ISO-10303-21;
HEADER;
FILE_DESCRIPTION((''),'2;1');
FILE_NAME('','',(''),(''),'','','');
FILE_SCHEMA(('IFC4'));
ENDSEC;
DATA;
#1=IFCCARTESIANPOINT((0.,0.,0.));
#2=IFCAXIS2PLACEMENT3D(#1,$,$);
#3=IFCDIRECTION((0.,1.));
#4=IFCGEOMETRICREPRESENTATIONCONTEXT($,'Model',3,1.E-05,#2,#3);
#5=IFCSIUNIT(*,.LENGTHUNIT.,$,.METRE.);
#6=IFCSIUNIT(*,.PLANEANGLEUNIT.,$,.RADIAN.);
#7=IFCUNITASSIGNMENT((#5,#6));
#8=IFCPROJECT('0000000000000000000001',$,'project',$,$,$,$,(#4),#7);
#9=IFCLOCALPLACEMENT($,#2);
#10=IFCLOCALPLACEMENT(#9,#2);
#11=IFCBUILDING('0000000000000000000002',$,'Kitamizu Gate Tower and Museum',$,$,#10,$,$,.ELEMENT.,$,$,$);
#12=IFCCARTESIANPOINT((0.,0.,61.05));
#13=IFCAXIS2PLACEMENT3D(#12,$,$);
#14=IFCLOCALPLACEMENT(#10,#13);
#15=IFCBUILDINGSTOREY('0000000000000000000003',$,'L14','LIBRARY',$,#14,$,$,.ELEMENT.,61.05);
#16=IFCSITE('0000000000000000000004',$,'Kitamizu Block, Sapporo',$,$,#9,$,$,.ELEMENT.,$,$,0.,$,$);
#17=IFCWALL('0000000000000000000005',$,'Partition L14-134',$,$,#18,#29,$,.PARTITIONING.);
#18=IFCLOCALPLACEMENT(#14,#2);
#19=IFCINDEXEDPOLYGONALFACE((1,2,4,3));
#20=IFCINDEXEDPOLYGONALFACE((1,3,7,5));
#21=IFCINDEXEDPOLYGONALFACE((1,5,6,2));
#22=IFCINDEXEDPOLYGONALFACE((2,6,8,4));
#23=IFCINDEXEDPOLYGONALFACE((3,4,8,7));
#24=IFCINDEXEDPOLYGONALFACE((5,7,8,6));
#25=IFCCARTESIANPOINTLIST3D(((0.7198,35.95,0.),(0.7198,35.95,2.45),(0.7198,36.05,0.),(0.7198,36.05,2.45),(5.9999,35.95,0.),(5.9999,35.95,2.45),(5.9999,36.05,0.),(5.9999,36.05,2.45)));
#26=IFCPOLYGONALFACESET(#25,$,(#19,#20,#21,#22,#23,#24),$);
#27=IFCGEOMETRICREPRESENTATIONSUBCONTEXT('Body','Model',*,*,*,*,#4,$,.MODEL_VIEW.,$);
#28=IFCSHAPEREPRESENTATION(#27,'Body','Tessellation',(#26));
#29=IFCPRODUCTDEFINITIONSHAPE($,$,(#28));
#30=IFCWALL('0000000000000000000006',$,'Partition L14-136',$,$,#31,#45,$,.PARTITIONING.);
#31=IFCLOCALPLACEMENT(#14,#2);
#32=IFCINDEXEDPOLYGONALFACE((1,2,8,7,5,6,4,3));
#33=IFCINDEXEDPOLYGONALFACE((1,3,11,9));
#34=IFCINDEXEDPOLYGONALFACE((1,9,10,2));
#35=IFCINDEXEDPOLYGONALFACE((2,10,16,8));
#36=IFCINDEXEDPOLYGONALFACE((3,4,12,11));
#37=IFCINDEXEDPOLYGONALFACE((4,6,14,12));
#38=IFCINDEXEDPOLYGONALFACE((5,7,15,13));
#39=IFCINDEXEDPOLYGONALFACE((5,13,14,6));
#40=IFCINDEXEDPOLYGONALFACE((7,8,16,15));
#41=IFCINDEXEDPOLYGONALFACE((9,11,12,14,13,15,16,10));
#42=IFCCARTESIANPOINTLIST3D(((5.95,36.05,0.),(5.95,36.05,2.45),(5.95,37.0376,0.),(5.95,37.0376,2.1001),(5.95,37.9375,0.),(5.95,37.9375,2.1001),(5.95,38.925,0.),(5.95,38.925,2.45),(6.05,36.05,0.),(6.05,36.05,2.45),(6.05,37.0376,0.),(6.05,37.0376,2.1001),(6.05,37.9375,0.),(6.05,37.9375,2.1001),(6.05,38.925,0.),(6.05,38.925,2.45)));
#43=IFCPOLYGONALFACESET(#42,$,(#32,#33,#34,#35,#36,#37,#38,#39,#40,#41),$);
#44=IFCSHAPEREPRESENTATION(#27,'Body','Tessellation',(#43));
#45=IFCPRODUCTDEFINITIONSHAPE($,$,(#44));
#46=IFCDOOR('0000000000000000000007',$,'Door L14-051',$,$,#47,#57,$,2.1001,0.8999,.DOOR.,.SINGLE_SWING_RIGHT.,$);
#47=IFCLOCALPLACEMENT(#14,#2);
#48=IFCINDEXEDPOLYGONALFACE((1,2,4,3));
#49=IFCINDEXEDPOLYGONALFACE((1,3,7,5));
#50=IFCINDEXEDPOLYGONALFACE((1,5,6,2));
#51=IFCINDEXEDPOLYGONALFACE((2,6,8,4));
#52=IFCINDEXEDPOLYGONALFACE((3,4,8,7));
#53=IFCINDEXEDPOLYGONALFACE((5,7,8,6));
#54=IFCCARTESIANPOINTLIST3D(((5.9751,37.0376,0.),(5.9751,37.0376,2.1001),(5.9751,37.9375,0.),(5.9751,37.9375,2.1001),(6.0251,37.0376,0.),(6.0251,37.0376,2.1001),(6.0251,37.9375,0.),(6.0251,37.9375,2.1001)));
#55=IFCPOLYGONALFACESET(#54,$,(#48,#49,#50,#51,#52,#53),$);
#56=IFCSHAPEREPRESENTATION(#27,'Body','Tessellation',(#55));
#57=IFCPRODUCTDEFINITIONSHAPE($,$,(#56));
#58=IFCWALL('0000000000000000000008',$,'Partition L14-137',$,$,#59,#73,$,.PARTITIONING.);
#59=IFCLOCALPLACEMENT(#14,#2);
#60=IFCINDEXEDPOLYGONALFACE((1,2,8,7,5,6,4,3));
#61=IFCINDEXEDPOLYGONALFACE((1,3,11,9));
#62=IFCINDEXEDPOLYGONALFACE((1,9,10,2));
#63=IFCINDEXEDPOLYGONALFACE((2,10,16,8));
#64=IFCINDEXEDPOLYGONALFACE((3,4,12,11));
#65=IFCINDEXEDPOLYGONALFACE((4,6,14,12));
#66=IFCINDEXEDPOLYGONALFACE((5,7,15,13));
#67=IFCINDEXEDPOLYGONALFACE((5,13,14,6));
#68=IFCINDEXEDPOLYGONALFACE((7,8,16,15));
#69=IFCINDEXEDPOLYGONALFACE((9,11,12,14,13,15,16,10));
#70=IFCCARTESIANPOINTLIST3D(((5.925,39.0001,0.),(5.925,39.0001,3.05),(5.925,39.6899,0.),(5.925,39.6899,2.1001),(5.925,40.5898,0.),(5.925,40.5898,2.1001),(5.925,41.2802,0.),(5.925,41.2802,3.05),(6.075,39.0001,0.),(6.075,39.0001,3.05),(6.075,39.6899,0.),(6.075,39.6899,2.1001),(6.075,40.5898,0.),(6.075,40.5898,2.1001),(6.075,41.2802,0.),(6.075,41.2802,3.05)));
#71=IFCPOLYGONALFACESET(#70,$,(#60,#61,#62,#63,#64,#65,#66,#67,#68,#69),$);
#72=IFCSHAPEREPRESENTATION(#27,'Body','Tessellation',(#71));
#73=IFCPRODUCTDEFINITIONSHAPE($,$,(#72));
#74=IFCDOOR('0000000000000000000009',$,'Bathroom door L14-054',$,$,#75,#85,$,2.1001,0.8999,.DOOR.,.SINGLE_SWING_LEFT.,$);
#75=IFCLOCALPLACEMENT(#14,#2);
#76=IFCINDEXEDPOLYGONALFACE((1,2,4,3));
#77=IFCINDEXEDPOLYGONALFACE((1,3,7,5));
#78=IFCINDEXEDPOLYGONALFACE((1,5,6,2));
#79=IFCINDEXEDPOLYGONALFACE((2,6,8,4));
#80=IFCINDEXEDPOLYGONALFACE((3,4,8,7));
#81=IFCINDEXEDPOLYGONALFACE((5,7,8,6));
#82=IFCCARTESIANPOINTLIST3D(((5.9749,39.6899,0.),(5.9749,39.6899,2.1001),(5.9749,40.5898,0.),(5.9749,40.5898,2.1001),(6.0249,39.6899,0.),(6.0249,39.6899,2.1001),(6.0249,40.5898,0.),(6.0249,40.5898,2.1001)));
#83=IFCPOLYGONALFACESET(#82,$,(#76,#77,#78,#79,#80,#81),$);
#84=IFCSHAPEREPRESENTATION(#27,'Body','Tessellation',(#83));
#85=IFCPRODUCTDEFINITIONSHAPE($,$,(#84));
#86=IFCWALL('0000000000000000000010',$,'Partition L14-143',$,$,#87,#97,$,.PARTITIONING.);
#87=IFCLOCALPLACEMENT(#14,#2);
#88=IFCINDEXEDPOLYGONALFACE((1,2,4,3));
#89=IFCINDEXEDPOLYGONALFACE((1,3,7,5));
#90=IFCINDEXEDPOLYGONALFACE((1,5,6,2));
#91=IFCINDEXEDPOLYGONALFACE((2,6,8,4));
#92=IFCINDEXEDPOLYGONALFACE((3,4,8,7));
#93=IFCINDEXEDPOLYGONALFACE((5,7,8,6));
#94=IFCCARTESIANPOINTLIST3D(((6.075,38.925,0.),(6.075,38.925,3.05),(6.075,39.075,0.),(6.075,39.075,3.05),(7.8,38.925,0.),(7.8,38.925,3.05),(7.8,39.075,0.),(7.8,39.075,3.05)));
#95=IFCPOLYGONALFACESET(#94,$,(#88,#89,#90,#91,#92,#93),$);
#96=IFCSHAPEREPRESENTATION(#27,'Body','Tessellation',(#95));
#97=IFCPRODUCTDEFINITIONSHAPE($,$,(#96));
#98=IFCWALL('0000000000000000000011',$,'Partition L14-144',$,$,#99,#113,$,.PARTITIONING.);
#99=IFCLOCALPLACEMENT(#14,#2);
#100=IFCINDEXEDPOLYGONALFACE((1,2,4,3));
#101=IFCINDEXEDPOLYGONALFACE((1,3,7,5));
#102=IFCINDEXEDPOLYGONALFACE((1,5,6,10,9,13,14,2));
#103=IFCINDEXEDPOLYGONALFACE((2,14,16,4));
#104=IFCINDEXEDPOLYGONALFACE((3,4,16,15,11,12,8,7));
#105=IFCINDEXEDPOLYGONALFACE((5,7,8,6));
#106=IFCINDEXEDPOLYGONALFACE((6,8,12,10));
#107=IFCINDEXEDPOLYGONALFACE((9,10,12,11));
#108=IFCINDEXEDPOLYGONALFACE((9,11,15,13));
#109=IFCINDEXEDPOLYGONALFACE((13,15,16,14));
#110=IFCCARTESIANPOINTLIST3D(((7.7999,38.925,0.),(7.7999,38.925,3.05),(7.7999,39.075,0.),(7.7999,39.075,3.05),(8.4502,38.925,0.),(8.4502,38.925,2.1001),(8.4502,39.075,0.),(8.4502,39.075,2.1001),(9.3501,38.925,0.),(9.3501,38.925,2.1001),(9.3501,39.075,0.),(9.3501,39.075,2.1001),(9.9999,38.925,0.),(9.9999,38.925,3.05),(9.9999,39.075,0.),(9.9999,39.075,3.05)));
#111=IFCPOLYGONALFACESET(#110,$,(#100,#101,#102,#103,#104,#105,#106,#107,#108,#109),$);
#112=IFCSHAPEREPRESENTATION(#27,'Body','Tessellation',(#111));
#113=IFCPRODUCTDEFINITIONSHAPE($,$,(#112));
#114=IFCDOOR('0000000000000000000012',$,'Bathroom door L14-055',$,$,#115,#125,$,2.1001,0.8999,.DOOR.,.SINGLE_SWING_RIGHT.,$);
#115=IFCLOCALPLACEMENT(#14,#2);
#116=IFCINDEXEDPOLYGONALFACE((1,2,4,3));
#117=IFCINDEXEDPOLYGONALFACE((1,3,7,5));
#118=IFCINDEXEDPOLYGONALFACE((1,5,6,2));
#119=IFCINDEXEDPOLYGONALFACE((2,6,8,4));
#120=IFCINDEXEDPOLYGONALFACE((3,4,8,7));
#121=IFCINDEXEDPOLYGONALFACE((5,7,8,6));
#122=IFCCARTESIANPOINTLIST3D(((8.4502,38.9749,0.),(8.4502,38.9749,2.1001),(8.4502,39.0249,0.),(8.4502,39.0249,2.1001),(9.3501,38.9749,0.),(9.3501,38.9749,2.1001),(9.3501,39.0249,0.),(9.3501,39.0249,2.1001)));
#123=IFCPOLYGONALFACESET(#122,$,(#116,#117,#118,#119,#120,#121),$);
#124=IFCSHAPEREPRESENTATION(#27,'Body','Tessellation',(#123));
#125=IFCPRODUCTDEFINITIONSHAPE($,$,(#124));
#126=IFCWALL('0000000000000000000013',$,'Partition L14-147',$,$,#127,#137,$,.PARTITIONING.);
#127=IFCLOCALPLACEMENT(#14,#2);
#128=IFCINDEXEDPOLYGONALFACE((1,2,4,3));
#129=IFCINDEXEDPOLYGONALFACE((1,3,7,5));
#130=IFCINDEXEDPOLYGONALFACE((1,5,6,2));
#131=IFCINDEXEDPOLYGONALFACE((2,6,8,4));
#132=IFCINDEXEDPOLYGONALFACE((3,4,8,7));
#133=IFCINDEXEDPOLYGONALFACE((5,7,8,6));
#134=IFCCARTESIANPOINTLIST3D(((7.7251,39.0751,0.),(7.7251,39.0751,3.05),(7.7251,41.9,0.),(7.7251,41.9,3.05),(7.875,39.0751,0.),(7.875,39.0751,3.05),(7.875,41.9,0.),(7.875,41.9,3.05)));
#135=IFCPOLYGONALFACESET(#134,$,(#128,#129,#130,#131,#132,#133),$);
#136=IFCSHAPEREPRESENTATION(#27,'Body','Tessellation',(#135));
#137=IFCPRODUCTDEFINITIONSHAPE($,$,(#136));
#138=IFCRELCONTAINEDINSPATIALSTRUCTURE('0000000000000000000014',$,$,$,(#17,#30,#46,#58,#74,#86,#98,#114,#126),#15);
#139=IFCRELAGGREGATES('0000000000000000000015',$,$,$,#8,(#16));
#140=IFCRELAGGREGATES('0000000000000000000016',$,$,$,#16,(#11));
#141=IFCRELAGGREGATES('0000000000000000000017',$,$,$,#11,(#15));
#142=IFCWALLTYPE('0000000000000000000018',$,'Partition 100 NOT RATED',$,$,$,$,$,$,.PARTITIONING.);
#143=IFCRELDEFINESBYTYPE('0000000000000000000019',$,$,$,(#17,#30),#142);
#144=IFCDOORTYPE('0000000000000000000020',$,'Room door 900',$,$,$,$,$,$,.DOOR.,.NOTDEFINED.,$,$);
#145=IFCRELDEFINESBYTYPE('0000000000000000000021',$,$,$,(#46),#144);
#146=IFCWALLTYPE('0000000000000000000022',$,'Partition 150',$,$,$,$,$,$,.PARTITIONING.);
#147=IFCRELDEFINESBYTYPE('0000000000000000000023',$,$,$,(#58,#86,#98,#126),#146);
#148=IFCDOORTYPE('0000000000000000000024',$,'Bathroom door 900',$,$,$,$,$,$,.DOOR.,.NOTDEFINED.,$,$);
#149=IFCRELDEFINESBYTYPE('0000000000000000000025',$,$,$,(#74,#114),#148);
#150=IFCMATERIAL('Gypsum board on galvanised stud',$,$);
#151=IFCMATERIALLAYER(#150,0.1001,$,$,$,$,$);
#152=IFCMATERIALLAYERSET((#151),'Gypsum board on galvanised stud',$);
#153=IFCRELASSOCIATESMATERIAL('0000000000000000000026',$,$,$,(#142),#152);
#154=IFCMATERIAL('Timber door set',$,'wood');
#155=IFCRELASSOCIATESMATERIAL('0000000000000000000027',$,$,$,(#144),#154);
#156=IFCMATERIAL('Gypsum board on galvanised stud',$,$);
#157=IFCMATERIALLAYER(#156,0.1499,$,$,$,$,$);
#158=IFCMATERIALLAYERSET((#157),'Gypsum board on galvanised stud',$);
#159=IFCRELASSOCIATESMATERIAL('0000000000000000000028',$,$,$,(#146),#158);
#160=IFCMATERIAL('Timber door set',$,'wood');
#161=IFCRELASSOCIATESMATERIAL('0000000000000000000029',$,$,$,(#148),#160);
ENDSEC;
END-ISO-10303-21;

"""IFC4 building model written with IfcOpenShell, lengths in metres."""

from ifc_helpers import new_model, si_unit, direction, frame, frame_2d, origin, place, context, subcontext, project, spatial, rectangle, extrude, material, layer, layer_set, type_object, element, fill, save


model = new_model("IFC4")

# Units and contexts
model_context = context("Model", 3, precision=1e-05, world=origin(), true_north=direction((0.0, 1.0)))
body_context = subcontext(model_context, "Body", "Model", "MODEL_VIEW")
ifc_project = project(units=[si_unit("LENGTHUNIT", "METRE"), si_unit("PLANEANGLEUNIT", "RADIAN")], contexts=[model_context])

# Site, building, storey
site_placement = place(None, origin())
site = spatial("IfcSite", under=ifc_project, at=site_placement, Name="Kitamizu Block, Sapporo", CompositionType="ELEMENT", RefElevation=0.0)
building_placement = place(site_placement, origin())
building = spatial("IfcBuilding", under=site, at=building_placement, Name="Kitamizu Gate Tower and Museum", CompositionType="ELEMENT")
storey_placement = place(building_placement, frame((0.0, 0.0, 61.05)))
storey = spatial("IfcBuildingStorey", under=building, at=storey_placement, Name="L14", Description="LIBRARY", CompositionType="ELEMENT", Elevation=61.05)

# Wall
ifc_material_1 = material(Name="Gypsum board on galvanised stud")
ifc_layer_1 = layer(ifc_material_1, 0.1001)
ifc_layer_set_1 = layer_set([ifc_layer_1], Name="Gypsum board on galvanised stud")
wall_type_1 = type_object("IfcWallType", Name="Partition 100 NOT RATED", PredefinedType="PARTITIONING", material=ifc_layer_set_1)
wall_1_placement = place(storey_placement, frame((6.0, 36.0, 0.0), z_axis=(0.0, 0.0, 1.0), x_axis=(-1.0, 0.0, 0.0)))
element("IfcWall", 1, at=wall_1_placement, inside=storey, type_object=wall_type_1, Name="Partition L14-134", PredefinedType="PARTITIONING", context=body_context, shape_type="SweptSolid", body=[
    extrude(rectangle(XDim=5.28, YDim=0.1001, at=frame_2d((2.6401, 0.0))), origin(), (0.0, 0.0, 1.0), 2.45),
])

# Walls, openings, doors
wall_2_placement = place(storey_placement, frame((6.0, 36.05, 0.0), z_axis=(0.0, 0.0, 1.0), x_axis=(0.0, 1.0, 0.0)))
wall_2 = element("IfcWall", 2, at=wall_2_placement, inside=storey, type_object=wall_type_1, Name="Partition L14-136", PredefinedType="PARTITIONING", context=body_context, shape_type="SweptSolid", body=[
    extrude(rectangle(XDim=2.875, YDim=0.1001, at=frame_2d((1.4375, 0.0))), origin(), (0.0, 0.0, 1.0), 2.45),
])
opening_1_placement = place(wall_2_placement, frame((0.9875, 0.0, 0.0)))
opening_1 = element("IfcOpeningElement", 3, at=opening_1_placement, cuts=wall_2, PredefinedType="OPENING", context=body_context, shape_type="SweptSolid", body=[
    extrude(rectangle(XDim=0.8999, YDim=2.1001, at=frame_2d((0.45, 1.05))), frame((0.0, 0.0601, 0.0), z_axis=(0.0, -1.0, 0.0), x_axis=(1.0, 0.0, 0.0)), (0.0, 0.0, 1.0), 0.1201),
])
ifc_material_2 = material(Name="Timber door set", Category="wood")
door_type_1 = type_object("IfcDoorType", Name="Room door 900", OperationType="NOTDEFINED", PredefinedType="DOOR", material=ifc_material_2)
door_1_placement = place(opening_1_placement, origin())
door_1 = element("IfcDoor", 4, at=door_1_placement, inside=storey, type_object=door_type_1, Name="Door L14-051", OperationType="SINGLE_SWING_RIGHT", OverallHeight=2.1001, OverallWidth=0.8999, PredefinedType="DOOR", context=body_context, shape_type="SweptSolid", body=[
    extrude(rectangle(XDim=0.8999, YDim=2.1001, at=frame_2d((0.45, 1.05))), frame((0.0, 0.0249, 0.0), z_axis=(0.0, -1.0, 0.0), x_axis=(1.0, 0.0, 0.0)), (0.0, 0.0, 1.0), 0.05),
])
fill(opening_1, door_1)
ifc_material_3 = material(Name="Gypsum board on galvanised stud")
ifc_layer_2 = layer(ifc_material_3, 0.1499)
ifc_layer_set_2 = layer_set([ifc_layer_2], Name="Gypsum board on galvanised stud")
wall_type_2 = type_object("IfcWallType", Name="Partition 150", PredefinedType="PARTITIONING", material=ifc_layer_set_2)
wall_3_placement = place(storey_placement, frame((6.0, 39.0, 0.0), z_axis=(0.0, 0.0, 1.0), x_axis=(0.0, 1.0, 0.0)))
wall_3 = element("IfcWall", 5, at=wall_3_placement, inside=storey, type_object=wall_type_2, Name="Partition L14-137", PredefinedType="PARTITIONING", context=body_context, shape_type="SweptSolid", body=[
    extrude(rectangle(XDim=2.28, YDim=0.1499, at=frame_2d((1.1401, 0.0))), origin(), (0.0, 0.0, 1.0), 3.05),
])
opening_2_placement = place(wall_3_placement, frame((0.6899, 0.0, 0.0)))
opening_2 = element("IfcOpeningElement", 6, at=opening_2_placement, cuts=wall_3, PredefinedType="OPENING", context=body_context, shape_type="SweptSolid", body=[
    extrude(rectangle(XDim=0.8999, YDim=2.1001, at=frame_2d((0.45, 1.05))), frame((0.0, 0.085, 0.0), z_axis=(0.0, -1.0, 0.0), x_axis=(1.0, 0.0, 0.0)), (0.0, 0.0, 1.0), 0.1699),
])
ifc_material_4 = material(Name="Timber door set", Category="wood")
door_type_2 = type_object("IfcDoorType", Name="Bathroom door 900", OperationType="NOTDEFINED", PredefinedType="DOOR", material=ifc_material_4)
door_2_placement = place(opening_2_placement, frame((0.8999, 0.0, 0.0), x_axis=(-1.0, 0.0, 0.0)))
door_2 = element("IfcDoor", 7, at=door_2_placement, inside=storey, type_object=door_type_2, Name="Bathroom door L14-054", OperationType="SINGLE_SWING_LEFT", OverallHeight=2.1001, OverallWidth=0.8999, PredefinedType="DOOR", context=body_context, shape_type="SweptSolid", body=[
    extrude(rectangle(XDim=0.8999, YDim=2.1001, at=frame_2d((0.45, 1.05))), frame((0.0, 0.0249, 0.0), z_axis=(0.0, -1.0, 0.0), x_axis=(1.0, 0.0, 0.0)), (0.0, 0.0, 1.0), 0.05),
])
fill(opening_2, door_2)

# Wall
wall_4_placement = place(storey_placement, frame((7.8, 39.0, 0.0), z_axis=(0.0, 0.0, 1.0), x_axis=(-1.0, 0.0, 0.0)))
element("IfcWall", 8, at=wall_4_placement, inside=storey, type_object=wall_type_2, Name="Partition L14-143", PredefinedType="PARTITIONING", context=body_context, shape_type="SweptSolid", body=[
    extrude(rectangle(XDim=1.7251, YDim=0.1499, at=frame_2d((0.8625, 0.0))), origin(), (0.0, 0.0, 1.0), 3.05),
])

# Wall, opening, door
wall_5_placement = place(storey_placement, frame((10.0, 39.0, 0.0), z_axis=(0.0, 0.0, 1.0), x_axis=(-1.0, 0.0, 0.0)))
wall_5 = element("IfcWall", 9, at=wall_5_placement, inside=storey, type_object=wall_type_2, Name="Partition L14-144", PredefinedType="PARTITIONING", context=body_context, shape_type="SweptSolid", body=[
    extrude(rectangle(XDim=2.2, YDim=0.1499, at=frame_2d((1.1001, 0.0))), origin(), (0.0, 0.0, 1.0), 3.05),
])
opening_3_placement = place(wall_5_placement, frame((0.6499, 0.0, 0.0)))
opening_3 = element("IfcOpeningElement", 10, at=opening_3_placement, cuts=wall_5, PredefinedType="OPENING", context=body_context, shape_type="SweptSolid", body=[
    extrude(rectangle(XDim=0.8999, YDim=2.1001, at=frame_2d((0.45, 1.05))), frame((0.0, 0.085, 0.0), z_axis=(0.0, -1.0, 0.0), x_axis=(1.0, 0.0, 0.0)), (0.0, 0.0, 1.0), 0.1699),
])
door_3_placement = place(opening_3_placement, frame((0.8999, 0.0, 0.0), x_axis=(-1.0, 0.0, 0.0)))
door_3 = element("IfcDoor", 11, at=door_3_placement, inside=storey, type_object=door_type_2, Name="Bathroom door L14-055", OperationType="SINGLE_SWING_RIGHT", OverallHeight=2.1001, OverallWidth=0.8999, PredefinedType="DOOR", context=body_context, shape_type="SweptSolid", body=[
    extrude(rectangle(XDim=0.8999, YDim=2.1001, at=frame_2d((0.45, 1.05))), frame((0.0, 0.0249, 0.0), z_axis=(0.0, -1.0, 0.0), x_axis=(1.0, 0.0, 0.0)), (0.0, 0.0, 1.0), 0.05),
])
fill(opening_3, door_3)

# Wall
wall_6_placement = place(storey_placement, frame((7.8, 39.075, 0.0), z_axis=(0.0, 0.0, 1.0), x_axis=(0.0, 1.0, 0.0)))
element("IfcWall", 12, at=wall_6_placement, inside=storey, type_object=wall_type_2, Name="Partition L14-147", PredefinedType="PARTITIONING", context=body_context, shape_type="SweptSolid", body=[
    extrude(rectangle(XDim=2.825, YDim=0.1499, at=frame_2d((1.4126, 0.0))), origin(), (0.0, 0.0, 1.0), 3.05),
])

save(model, "model.ifc")
